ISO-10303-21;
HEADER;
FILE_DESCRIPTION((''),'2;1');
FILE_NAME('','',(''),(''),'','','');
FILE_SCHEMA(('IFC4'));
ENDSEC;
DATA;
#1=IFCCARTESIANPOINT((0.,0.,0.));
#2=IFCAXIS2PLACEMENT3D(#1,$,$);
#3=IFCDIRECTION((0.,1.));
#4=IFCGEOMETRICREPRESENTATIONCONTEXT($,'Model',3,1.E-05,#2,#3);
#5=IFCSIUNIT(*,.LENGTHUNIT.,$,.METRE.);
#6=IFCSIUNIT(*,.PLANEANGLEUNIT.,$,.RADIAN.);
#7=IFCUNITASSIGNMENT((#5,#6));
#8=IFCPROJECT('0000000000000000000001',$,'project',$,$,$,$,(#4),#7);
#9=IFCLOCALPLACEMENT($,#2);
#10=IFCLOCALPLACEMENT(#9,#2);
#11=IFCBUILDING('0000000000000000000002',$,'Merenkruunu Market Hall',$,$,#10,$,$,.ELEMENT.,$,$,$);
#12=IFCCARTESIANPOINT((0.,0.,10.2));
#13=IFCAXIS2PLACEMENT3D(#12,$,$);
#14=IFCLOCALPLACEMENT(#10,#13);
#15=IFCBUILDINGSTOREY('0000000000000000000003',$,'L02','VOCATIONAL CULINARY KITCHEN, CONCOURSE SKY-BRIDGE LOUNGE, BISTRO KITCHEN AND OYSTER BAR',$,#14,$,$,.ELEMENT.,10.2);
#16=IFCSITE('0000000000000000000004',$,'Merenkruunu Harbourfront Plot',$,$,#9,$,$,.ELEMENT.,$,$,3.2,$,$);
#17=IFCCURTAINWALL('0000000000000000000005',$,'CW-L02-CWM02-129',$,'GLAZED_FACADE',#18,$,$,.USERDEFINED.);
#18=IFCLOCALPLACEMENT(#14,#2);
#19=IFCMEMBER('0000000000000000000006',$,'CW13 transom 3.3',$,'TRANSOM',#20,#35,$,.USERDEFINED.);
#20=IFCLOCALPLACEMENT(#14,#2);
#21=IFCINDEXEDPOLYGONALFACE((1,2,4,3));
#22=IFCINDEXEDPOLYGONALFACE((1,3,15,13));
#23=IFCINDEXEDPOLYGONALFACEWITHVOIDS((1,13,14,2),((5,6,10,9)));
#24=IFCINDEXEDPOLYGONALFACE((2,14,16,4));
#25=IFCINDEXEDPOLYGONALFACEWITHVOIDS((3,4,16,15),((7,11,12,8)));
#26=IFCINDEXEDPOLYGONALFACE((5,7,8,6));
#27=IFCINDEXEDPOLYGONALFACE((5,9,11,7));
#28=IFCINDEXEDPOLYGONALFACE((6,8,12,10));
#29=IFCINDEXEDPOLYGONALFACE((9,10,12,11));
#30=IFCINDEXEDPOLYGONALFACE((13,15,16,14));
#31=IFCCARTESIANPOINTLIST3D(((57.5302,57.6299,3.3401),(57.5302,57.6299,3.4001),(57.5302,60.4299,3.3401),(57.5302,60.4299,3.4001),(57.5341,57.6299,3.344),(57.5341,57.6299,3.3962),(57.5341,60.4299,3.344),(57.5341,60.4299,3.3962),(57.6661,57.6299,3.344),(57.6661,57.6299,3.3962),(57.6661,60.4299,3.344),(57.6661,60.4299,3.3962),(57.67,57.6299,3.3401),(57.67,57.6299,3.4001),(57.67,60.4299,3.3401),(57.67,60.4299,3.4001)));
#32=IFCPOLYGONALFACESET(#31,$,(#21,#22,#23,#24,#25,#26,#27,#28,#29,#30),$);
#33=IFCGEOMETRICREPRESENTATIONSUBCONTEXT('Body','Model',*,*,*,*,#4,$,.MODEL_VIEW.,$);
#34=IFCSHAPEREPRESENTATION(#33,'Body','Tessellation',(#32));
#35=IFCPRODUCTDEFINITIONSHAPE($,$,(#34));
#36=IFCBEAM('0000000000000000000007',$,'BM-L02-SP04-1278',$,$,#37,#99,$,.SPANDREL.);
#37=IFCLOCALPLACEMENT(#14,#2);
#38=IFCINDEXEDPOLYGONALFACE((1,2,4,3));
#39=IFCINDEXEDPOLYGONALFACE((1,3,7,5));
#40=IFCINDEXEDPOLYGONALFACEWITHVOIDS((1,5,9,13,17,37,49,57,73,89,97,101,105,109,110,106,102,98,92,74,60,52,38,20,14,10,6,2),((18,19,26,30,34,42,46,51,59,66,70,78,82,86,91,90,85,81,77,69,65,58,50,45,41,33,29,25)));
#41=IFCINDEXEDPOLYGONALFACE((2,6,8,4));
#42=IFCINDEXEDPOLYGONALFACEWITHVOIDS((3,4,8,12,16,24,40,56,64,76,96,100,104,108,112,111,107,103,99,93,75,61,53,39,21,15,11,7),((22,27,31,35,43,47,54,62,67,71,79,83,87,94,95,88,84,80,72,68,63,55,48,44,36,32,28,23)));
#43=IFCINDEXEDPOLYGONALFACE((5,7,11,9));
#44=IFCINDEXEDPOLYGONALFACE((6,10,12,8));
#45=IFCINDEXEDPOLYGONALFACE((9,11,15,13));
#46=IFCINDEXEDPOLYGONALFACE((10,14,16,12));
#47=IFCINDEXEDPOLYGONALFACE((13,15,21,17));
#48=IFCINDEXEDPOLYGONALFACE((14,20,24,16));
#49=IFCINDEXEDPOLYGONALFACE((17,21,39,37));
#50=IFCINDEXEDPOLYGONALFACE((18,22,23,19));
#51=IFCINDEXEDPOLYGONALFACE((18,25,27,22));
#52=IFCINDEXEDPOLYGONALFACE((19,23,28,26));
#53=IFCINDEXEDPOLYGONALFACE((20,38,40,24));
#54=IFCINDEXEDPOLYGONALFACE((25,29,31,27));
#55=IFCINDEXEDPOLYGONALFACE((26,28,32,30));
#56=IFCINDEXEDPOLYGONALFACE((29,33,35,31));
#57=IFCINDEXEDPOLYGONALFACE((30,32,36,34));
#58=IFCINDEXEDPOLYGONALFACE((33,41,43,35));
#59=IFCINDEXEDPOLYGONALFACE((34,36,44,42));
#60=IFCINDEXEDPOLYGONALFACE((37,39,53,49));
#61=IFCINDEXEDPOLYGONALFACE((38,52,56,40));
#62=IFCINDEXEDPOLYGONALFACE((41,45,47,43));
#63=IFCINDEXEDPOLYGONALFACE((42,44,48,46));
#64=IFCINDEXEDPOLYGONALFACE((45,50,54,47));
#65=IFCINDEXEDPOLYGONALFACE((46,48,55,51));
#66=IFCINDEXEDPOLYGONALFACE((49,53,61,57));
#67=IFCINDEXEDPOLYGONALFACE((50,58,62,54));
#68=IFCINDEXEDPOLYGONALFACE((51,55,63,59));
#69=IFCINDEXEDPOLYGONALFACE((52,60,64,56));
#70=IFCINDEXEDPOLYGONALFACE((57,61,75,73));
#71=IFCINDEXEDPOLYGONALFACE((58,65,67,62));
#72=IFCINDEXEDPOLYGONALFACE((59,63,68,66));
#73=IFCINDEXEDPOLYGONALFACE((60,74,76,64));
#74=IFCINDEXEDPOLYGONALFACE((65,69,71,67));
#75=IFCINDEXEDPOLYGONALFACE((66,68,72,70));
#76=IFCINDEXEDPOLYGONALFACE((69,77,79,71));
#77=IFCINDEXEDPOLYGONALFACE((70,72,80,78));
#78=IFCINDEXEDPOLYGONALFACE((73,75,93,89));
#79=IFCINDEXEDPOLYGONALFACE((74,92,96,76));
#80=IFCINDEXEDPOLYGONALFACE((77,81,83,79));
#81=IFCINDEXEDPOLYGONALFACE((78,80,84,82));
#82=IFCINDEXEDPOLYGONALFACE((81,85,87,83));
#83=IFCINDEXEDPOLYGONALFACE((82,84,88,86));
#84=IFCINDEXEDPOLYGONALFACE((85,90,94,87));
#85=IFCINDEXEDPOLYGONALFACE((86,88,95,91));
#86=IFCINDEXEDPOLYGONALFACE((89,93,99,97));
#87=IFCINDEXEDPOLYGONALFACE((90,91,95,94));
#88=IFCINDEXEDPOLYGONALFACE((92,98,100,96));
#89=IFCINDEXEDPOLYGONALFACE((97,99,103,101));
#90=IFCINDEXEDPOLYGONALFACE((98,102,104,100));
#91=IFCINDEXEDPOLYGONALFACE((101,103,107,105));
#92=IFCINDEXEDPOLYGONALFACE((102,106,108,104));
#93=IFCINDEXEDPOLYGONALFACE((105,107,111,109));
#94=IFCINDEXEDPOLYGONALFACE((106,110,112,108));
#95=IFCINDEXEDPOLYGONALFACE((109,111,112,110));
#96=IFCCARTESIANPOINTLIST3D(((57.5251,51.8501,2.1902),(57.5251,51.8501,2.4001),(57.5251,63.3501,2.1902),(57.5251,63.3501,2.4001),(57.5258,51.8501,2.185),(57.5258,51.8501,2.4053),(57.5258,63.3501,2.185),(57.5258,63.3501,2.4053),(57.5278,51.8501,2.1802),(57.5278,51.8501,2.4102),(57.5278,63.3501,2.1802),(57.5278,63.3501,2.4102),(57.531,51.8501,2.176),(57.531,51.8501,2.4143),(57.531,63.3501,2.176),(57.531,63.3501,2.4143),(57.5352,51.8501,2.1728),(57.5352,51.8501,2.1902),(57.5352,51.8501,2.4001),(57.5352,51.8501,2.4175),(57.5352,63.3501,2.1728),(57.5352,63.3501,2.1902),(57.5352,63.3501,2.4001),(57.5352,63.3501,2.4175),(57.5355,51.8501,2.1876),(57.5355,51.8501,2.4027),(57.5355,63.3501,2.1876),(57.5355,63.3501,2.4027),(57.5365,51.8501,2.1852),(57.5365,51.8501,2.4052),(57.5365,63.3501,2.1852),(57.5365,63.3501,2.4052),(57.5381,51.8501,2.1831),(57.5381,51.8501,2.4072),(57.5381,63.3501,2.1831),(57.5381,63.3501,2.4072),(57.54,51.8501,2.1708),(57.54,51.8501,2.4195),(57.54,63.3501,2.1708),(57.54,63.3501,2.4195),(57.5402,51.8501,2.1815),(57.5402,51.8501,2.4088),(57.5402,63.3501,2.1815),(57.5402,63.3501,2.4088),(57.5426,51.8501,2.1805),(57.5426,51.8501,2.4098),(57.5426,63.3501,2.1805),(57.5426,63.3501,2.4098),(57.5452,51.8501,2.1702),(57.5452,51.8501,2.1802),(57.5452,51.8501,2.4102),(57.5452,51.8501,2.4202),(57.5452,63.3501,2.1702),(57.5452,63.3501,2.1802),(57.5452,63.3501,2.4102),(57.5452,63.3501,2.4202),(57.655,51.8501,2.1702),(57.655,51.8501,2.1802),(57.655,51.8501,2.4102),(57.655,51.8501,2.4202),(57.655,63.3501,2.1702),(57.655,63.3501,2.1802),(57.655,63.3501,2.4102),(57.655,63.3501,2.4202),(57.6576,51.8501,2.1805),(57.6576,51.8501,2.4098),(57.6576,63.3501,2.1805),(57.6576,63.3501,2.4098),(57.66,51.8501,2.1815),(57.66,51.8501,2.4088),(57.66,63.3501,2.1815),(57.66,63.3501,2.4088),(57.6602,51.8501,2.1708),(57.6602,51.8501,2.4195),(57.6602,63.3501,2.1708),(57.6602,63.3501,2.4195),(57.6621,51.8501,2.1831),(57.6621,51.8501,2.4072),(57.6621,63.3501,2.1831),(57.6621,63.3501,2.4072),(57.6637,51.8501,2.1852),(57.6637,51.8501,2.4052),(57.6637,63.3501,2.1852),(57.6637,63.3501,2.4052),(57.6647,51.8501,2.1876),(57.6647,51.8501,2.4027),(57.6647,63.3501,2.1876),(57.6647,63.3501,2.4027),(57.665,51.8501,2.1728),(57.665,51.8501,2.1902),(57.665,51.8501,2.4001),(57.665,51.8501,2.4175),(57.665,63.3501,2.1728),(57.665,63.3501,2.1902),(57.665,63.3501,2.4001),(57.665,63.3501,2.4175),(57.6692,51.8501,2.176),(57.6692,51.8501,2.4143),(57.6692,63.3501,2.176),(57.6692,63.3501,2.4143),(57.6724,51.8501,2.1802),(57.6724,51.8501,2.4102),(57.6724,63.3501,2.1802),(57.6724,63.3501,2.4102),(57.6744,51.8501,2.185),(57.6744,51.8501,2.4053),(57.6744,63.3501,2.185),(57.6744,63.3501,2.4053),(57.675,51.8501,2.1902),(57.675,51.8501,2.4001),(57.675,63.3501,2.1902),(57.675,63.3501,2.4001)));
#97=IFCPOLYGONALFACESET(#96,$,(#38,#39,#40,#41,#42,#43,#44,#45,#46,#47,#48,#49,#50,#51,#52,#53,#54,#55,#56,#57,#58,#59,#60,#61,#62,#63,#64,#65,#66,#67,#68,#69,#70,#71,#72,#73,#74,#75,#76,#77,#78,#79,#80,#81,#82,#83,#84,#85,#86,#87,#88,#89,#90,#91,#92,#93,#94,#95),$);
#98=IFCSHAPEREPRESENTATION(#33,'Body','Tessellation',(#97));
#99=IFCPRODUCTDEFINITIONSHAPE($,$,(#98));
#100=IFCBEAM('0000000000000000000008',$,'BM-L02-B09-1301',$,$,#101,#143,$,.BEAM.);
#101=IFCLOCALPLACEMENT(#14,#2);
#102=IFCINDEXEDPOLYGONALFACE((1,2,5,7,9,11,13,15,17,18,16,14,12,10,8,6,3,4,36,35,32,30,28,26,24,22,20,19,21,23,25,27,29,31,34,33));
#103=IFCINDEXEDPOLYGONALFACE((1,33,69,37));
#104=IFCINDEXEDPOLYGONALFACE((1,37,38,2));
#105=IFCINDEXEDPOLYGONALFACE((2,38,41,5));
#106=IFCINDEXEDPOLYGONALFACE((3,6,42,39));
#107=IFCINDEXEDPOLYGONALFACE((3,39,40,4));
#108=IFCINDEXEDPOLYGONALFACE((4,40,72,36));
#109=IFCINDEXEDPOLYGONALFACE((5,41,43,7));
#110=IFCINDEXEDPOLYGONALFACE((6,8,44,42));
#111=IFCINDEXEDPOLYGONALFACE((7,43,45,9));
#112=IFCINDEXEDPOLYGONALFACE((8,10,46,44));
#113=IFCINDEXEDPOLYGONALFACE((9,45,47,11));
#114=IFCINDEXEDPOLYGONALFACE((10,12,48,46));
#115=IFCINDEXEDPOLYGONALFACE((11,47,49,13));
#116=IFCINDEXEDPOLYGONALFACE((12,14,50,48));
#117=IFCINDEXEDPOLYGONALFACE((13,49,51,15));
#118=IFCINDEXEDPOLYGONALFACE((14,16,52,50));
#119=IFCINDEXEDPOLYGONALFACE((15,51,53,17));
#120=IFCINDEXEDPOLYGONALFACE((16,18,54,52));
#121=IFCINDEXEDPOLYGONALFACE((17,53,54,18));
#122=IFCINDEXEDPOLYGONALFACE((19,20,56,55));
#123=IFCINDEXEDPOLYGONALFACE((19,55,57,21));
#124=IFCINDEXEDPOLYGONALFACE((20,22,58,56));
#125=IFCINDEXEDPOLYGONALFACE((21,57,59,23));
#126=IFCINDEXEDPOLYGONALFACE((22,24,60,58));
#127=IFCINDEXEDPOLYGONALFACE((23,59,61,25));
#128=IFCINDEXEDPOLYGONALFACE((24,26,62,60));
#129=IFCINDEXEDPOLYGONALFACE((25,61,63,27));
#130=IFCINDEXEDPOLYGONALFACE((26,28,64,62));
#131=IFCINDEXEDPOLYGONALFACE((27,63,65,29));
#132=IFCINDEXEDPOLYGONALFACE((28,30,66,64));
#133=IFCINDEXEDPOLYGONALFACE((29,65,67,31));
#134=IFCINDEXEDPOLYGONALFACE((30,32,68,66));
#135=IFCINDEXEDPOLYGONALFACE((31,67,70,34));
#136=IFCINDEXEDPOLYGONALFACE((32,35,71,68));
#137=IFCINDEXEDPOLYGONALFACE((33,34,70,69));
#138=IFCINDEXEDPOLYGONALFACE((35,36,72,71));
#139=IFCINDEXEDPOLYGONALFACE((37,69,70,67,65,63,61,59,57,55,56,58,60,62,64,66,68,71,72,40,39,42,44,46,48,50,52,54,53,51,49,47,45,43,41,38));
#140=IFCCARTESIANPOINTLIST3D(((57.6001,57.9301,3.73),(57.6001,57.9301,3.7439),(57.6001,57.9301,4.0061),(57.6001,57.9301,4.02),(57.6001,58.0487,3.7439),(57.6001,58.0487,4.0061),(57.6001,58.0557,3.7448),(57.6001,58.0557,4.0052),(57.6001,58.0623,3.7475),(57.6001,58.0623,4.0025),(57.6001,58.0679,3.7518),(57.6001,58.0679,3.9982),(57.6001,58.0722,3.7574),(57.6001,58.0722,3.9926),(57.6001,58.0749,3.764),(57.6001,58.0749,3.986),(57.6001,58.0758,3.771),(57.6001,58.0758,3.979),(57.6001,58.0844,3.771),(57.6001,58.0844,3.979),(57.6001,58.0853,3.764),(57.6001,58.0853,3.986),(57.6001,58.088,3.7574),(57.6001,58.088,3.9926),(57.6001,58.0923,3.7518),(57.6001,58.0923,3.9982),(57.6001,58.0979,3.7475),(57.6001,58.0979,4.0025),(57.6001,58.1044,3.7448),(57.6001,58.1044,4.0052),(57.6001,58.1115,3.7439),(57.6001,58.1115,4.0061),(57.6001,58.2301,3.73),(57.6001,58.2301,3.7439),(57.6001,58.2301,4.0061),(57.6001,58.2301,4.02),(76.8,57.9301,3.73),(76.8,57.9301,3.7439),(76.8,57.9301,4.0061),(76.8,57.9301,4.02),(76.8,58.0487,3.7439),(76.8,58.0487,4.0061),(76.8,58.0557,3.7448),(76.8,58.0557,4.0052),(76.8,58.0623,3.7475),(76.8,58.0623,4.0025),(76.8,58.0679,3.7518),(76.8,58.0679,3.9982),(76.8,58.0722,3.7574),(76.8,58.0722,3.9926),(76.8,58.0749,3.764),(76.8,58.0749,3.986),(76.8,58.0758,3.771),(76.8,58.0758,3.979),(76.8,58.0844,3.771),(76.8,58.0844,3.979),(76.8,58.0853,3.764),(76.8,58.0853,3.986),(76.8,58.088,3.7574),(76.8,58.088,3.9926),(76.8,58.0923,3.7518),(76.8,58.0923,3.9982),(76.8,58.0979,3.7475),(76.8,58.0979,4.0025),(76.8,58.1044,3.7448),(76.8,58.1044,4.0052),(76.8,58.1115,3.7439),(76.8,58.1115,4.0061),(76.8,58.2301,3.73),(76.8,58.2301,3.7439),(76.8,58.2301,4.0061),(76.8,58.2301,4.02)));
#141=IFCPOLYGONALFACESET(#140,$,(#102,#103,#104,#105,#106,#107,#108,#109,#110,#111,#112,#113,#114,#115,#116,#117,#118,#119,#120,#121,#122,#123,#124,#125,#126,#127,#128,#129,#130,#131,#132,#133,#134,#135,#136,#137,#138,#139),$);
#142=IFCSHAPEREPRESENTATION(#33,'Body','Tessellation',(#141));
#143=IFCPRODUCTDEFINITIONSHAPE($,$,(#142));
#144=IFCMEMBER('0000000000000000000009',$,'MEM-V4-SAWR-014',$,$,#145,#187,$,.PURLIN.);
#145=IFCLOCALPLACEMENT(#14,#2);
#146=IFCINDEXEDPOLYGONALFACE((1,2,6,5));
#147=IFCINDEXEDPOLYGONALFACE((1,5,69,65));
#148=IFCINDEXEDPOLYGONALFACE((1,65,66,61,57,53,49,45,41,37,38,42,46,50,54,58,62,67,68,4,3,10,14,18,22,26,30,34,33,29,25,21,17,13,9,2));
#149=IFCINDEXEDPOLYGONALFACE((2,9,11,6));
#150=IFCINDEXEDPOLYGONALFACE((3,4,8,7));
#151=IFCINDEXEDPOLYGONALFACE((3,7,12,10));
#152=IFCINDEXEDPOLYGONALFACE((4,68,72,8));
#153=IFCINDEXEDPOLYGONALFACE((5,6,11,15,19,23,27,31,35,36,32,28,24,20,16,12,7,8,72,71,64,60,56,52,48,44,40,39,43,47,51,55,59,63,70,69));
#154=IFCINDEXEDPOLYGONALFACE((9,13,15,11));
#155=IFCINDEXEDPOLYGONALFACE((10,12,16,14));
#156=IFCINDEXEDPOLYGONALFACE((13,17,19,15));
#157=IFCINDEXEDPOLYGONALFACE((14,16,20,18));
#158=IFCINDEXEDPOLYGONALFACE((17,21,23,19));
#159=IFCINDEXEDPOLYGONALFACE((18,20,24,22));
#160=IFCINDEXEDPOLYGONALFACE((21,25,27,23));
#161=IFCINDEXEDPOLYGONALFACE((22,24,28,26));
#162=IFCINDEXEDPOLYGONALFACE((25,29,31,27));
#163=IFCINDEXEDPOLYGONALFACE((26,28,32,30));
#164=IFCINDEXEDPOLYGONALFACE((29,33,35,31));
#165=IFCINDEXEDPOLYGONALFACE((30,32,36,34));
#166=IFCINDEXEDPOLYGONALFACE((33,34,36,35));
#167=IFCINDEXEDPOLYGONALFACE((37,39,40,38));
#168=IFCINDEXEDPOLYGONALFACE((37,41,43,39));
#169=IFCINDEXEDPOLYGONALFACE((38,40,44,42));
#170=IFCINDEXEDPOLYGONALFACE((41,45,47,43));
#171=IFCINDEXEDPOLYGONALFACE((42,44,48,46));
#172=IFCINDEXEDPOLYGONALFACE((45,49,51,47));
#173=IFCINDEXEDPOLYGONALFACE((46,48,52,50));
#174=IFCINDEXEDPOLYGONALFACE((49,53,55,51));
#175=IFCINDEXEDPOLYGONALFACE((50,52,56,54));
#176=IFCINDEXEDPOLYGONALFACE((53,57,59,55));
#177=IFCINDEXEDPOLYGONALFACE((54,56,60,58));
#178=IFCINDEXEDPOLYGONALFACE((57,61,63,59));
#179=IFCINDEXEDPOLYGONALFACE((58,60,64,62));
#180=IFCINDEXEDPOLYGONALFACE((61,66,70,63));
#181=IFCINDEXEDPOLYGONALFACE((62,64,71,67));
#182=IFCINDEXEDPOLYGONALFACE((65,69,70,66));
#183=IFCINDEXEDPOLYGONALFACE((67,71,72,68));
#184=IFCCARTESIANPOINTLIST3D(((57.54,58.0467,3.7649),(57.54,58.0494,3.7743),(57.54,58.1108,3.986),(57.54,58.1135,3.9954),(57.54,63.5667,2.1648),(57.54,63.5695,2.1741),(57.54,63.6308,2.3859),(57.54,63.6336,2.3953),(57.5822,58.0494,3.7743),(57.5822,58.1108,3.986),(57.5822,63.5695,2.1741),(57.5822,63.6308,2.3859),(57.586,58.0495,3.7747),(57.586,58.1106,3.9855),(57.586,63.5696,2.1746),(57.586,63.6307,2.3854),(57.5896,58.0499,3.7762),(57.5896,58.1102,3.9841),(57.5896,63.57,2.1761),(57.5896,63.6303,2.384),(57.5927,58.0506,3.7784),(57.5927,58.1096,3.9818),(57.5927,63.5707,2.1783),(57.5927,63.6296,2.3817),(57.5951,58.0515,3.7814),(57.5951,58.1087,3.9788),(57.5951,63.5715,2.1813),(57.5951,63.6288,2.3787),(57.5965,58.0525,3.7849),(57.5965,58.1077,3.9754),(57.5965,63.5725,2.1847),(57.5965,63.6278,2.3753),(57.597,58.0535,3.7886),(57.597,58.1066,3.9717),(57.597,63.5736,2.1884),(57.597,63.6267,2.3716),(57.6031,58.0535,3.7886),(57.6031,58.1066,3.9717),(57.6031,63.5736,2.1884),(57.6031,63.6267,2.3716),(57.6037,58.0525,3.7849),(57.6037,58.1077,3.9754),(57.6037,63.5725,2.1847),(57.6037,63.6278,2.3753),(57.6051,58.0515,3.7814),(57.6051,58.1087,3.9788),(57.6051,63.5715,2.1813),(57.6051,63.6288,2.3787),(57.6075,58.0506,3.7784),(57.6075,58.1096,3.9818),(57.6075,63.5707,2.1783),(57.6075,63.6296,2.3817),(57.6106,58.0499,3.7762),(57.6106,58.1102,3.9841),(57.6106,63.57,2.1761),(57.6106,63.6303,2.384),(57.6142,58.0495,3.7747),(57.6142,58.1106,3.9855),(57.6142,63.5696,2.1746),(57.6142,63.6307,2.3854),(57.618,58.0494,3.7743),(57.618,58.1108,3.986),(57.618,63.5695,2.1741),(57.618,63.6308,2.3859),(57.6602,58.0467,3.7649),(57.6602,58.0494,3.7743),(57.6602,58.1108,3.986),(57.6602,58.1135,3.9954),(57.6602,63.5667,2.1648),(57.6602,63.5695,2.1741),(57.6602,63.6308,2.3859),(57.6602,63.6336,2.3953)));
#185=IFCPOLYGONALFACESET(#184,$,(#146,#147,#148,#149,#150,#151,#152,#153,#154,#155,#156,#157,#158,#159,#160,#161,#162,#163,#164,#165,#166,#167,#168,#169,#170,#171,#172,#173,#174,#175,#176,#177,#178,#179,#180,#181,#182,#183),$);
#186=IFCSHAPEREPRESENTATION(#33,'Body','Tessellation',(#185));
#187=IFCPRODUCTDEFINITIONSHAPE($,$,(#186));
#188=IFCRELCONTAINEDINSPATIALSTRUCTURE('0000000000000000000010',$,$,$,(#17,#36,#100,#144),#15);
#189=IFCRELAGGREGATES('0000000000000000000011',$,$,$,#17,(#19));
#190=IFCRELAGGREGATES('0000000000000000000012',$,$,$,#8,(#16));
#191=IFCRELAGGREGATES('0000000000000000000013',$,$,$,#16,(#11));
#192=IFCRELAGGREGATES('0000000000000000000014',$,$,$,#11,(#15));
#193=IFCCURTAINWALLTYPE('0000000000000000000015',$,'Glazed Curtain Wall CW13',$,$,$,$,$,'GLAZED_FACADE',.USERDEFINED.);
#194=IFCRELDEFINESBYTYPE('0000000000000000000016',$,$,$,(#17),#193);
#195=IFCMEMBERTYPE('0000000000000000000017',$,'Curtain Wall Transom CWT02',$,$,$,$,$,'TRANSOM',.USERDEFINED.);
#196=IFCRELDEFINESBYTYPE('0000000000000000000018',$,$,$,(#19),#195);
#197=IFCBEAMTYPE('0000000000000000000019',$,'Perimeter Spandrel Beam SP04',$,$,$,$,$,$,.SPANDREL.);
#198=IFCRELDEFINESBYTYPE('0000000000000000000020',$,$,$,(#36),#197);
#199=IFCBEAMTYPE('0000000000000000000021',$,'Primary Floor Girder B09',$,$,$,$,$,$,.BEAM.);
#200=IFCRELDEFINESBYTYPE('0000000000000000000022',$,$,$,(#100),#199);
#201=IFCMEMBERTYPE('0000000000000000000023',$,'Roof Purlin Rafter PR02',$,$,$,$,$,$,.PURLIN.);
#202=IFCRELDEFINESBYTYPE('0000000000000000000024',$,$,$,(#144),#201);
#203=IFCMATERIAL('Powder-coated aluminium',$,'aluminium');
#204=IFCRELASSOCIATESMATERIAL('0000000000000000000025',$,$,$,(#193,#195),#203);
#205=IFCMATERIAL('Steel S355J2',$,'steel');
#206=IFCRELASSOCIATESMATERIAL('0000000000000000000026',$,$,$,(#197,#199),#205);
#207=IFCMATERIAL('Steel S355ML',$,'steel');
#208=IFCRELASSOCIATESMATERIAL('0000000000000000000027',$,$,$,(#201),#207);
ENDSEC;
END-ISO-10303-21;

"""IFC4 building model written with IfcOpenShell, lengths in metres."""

from ifc_helpers import new_model, si_unit, direction, frame, origin, origin_2d, place, context, subcontext, project, spatial, hollow_rectangle, i_section, extrude, material, material_profile, profile_set, type_object, element, aggregate, save


model = new_model("IFC4")

# Units and contexts
model_context = context("Model", 3, precision=1e-05, world=origin(), true_north=direction((0.0, 1.0)))
body_context = subcontext(model_context, "Body", "Model", "MODEL_VIEW")
ifc_project = project(units=[si_unit("LENGTHUNIT", "METRE"), si_unit("PLANEANGLEUNIT", "RADIAN")], contexts=[model_context])

# Site, building, storey
site_placement = place(None, origin())
site = spatial("IfcSite", under=ifc_project, at=site_placement, Name="Merenkruunu Harbourfront Plot", CompositionType="ELEMENT", RefElevation=3.2)
building_placement = place(site_placement, origin())
building = spatial("IfcBuilding", under=site, at=building_placement, Name="Merenkruunu Market Hall", CompositionType="ELEMENT")
storey_placement = place(building_placement, frame((0.0, 0.0, 10.2)))
storey = spatial("IfcBuildingStorey", under=building, at=storey_placement, Name="L02", Description="VOCATIONAL CULINARY KITCHEN, CONCOURSE SKY-BRIDGE LOUNGE, BISTRO KITCHEN AND OYSTER BAR", CompositionType="ELEMENT", Elevation=10.2)

# Curtain wall, member
ifc_material_1 = material(Name="Powder-coated aluminium", Category="aluminium")
curtain_wall_type = type_object("IfcCurtainWallType", Name="Glazed Curtain Wall CW13", ElementType="GLAZED_FACADE", PredefinedType="USERDEFINED", material=ifc_material_1)
curtain_wall_placement = place(storey_placement, origin())
curtain_wall = element("IfcCurtainWall", 1, at=curtain_wall_placement, inside=storey, type_object=curtain_wall_type, Name="CW-L02-CWM02-129", ObjectType="GLAZED_FACADE", PredefinedType="USERDEFINED")
ifc_material_profile_1 = material_profile(ifc_material_1, hollow_rectangle(XDim=0.0601, YDim=0.1399, WallThickness=0.0039, at=origin_2d()), Name="ALU 60x140x4")
ifc_profile_set_1 = profile_set([ifc_material_profile_1], Name="Powder-coated aluminium")
member_type_1 = type_object("IfcMemberType", Name="Curtain Wall Transom CWT02", ElementType="TRANSOM", PredefinedType="USERDEFINED", material=ifc_profile_set_1)
member_1_placement = place(storey_placement, frame((57.6001, 57.6299, 3.3701), z_axis=(0.0, 1.0, 0.0), x_axis=(0.0, 0.0, 1.0)))
member_1 = element("IfcMember", 2, at=member_1_placement, type_object=member_type_1, Name="CW13 transom 3.3", ObjectType="TRANSOM", PredefinedType="USERDEFINED", context=body_context, shape_type="SweptSolid", body=[
    extrude(hollow_rectangle(XDim=0.0601, YDim=0.1399, WallThickness=0.0039, at=origin_2d()), origin(), (0.0, 0.0, 1.0), 2.8),
])

# Beams
ifc_material_2 = material(Name="Steel S355J2", Category="steel")
ifc_material_profile_2 = material_profile(ifc_material_2, hollow_rectangle(XDim=0.1499, YDim=0.25, WallThickness=0.01, InnerFilletRadius=0.01, OuterFilletRadius=0.02, at=origin_2d()), Name="RHS 250x150x10")
ifc_profile_set_2 = profile_set([ifc_material_profile_2], Name="Steel S355J2")
beam_type_1 = type_object("IfcBeamType", Name="Perimeter Spandrel Beam SP04", PredefinedType="SPANDREL", material=ifc_profile_set_2)
beam_1_placement = place(storey_placement, frame((57.6001, 51.8501, 2.2952), z_axis=(0.0, 1.0, 0.0), x_axis=(-1.0, 0.0, 0.0)))
element("IfcBeam", 3, at=beam_1_placement, inside=storey, type_object=beam_type_1, Name="BM-L02-SP04-1278", PredefinedType="SPANDREL", context=body_context, shape_type="SweptSolid", body=[
    extrude(hollow_rectangle(XDim=0.1499, YDim=0.25, WallThickness=0.01, InnerFilletRadius=0.01, OuterFilletRadius=0.02, at=origin_2d()), origin(), (0.0, 0.0, 1.0), 11.5),
])
ifc_material_profile_3 = material_profile(ifc_material_2, i_section(OverallWidth=0.3, OverallDepth=0.29, WebThickness=0.0085, FlangeThickness=0.0139, FilletRadius=0.0271, at=origin_2d()), Name="HEA 300")
ifc_profile_set_3 = profile_set([ifc_material_profile_3], Name="Steel S355J2")
beam_type_2 = type_object("IfcBeamType", Name="Primary Floor Girder B09", PredefinedType="BEAM", material=ifc_profile_set_3)
beam_2_placement = place(storey_placement, frame((57.6001, 58.0801, 3.875), z_axis=(1.0, 0.0, 0.0), x_axis=(0.0, 1.0, 0.0)))
element("IfcBeam", 4, at=beam_2_placement, inside=storey, type_object=beam_type_2, Name="BM-L02-B09-1301", PredefinedType="BEAM", context=body_context, shape_type="SweptSolid", body=[
    extrude(i_section(OverallWidth=0.3, OverallDepth=0.29, WebThickness=0.0085, FlangeThickness=0.0139, FilletRadius=0.0271, at=origin_2d()), origin(), (0.0, 0.0, 1.0), 19.2),
])

# Member
ifc_material_3 = material(Name="Steel S355ML", Category="steel")
ifc_material_profile_4 = material_profile(ifc_material_3, i_section(OverallWidth=0.1201, OverallDepth=0.24, WebThickness=0.0061, FlangeThickness=0.0098, FilletRadius=0.0149, at=origin_2d()), Name="IPE 240")
ifc_profile_set_4 = profile_set([ifc_material_profile_4], Name="Steel S355ML")
member_type_2 = type_object("IfcMemberType", Name="Roof Purlin Rafter PR02", PredefinedType="PURLIN", material=ifc_profile_set_4)
member_2_placement = place(storey_placement, frame((57.6001, 58.0801, 3.8801), z_axis=(0.0, 0.960462, -0.278411), x_axis=(-1.0, 0.0, 0.0)))
element("IfcMember", 5, at=member_2_placement, inside=storey, type_object=member_type_2, Name="MEM-V4-SAWR-014", PredefinedType="PURLIN", context=body_context, shape_type="SweptSolid", body=[
    extrude(i_section(OverallWidth=0.1201, OverallDepth=0.24, WebThickness=0.0061, FlangeThickness=0.0098, FilletRadius=0.0149, at=origin_2d()), origin(), (0.0, 0.0, 1.0), 5.7473),
])

aggregate(curtain_wall, [member_1])

save(model, "model.ifc")
